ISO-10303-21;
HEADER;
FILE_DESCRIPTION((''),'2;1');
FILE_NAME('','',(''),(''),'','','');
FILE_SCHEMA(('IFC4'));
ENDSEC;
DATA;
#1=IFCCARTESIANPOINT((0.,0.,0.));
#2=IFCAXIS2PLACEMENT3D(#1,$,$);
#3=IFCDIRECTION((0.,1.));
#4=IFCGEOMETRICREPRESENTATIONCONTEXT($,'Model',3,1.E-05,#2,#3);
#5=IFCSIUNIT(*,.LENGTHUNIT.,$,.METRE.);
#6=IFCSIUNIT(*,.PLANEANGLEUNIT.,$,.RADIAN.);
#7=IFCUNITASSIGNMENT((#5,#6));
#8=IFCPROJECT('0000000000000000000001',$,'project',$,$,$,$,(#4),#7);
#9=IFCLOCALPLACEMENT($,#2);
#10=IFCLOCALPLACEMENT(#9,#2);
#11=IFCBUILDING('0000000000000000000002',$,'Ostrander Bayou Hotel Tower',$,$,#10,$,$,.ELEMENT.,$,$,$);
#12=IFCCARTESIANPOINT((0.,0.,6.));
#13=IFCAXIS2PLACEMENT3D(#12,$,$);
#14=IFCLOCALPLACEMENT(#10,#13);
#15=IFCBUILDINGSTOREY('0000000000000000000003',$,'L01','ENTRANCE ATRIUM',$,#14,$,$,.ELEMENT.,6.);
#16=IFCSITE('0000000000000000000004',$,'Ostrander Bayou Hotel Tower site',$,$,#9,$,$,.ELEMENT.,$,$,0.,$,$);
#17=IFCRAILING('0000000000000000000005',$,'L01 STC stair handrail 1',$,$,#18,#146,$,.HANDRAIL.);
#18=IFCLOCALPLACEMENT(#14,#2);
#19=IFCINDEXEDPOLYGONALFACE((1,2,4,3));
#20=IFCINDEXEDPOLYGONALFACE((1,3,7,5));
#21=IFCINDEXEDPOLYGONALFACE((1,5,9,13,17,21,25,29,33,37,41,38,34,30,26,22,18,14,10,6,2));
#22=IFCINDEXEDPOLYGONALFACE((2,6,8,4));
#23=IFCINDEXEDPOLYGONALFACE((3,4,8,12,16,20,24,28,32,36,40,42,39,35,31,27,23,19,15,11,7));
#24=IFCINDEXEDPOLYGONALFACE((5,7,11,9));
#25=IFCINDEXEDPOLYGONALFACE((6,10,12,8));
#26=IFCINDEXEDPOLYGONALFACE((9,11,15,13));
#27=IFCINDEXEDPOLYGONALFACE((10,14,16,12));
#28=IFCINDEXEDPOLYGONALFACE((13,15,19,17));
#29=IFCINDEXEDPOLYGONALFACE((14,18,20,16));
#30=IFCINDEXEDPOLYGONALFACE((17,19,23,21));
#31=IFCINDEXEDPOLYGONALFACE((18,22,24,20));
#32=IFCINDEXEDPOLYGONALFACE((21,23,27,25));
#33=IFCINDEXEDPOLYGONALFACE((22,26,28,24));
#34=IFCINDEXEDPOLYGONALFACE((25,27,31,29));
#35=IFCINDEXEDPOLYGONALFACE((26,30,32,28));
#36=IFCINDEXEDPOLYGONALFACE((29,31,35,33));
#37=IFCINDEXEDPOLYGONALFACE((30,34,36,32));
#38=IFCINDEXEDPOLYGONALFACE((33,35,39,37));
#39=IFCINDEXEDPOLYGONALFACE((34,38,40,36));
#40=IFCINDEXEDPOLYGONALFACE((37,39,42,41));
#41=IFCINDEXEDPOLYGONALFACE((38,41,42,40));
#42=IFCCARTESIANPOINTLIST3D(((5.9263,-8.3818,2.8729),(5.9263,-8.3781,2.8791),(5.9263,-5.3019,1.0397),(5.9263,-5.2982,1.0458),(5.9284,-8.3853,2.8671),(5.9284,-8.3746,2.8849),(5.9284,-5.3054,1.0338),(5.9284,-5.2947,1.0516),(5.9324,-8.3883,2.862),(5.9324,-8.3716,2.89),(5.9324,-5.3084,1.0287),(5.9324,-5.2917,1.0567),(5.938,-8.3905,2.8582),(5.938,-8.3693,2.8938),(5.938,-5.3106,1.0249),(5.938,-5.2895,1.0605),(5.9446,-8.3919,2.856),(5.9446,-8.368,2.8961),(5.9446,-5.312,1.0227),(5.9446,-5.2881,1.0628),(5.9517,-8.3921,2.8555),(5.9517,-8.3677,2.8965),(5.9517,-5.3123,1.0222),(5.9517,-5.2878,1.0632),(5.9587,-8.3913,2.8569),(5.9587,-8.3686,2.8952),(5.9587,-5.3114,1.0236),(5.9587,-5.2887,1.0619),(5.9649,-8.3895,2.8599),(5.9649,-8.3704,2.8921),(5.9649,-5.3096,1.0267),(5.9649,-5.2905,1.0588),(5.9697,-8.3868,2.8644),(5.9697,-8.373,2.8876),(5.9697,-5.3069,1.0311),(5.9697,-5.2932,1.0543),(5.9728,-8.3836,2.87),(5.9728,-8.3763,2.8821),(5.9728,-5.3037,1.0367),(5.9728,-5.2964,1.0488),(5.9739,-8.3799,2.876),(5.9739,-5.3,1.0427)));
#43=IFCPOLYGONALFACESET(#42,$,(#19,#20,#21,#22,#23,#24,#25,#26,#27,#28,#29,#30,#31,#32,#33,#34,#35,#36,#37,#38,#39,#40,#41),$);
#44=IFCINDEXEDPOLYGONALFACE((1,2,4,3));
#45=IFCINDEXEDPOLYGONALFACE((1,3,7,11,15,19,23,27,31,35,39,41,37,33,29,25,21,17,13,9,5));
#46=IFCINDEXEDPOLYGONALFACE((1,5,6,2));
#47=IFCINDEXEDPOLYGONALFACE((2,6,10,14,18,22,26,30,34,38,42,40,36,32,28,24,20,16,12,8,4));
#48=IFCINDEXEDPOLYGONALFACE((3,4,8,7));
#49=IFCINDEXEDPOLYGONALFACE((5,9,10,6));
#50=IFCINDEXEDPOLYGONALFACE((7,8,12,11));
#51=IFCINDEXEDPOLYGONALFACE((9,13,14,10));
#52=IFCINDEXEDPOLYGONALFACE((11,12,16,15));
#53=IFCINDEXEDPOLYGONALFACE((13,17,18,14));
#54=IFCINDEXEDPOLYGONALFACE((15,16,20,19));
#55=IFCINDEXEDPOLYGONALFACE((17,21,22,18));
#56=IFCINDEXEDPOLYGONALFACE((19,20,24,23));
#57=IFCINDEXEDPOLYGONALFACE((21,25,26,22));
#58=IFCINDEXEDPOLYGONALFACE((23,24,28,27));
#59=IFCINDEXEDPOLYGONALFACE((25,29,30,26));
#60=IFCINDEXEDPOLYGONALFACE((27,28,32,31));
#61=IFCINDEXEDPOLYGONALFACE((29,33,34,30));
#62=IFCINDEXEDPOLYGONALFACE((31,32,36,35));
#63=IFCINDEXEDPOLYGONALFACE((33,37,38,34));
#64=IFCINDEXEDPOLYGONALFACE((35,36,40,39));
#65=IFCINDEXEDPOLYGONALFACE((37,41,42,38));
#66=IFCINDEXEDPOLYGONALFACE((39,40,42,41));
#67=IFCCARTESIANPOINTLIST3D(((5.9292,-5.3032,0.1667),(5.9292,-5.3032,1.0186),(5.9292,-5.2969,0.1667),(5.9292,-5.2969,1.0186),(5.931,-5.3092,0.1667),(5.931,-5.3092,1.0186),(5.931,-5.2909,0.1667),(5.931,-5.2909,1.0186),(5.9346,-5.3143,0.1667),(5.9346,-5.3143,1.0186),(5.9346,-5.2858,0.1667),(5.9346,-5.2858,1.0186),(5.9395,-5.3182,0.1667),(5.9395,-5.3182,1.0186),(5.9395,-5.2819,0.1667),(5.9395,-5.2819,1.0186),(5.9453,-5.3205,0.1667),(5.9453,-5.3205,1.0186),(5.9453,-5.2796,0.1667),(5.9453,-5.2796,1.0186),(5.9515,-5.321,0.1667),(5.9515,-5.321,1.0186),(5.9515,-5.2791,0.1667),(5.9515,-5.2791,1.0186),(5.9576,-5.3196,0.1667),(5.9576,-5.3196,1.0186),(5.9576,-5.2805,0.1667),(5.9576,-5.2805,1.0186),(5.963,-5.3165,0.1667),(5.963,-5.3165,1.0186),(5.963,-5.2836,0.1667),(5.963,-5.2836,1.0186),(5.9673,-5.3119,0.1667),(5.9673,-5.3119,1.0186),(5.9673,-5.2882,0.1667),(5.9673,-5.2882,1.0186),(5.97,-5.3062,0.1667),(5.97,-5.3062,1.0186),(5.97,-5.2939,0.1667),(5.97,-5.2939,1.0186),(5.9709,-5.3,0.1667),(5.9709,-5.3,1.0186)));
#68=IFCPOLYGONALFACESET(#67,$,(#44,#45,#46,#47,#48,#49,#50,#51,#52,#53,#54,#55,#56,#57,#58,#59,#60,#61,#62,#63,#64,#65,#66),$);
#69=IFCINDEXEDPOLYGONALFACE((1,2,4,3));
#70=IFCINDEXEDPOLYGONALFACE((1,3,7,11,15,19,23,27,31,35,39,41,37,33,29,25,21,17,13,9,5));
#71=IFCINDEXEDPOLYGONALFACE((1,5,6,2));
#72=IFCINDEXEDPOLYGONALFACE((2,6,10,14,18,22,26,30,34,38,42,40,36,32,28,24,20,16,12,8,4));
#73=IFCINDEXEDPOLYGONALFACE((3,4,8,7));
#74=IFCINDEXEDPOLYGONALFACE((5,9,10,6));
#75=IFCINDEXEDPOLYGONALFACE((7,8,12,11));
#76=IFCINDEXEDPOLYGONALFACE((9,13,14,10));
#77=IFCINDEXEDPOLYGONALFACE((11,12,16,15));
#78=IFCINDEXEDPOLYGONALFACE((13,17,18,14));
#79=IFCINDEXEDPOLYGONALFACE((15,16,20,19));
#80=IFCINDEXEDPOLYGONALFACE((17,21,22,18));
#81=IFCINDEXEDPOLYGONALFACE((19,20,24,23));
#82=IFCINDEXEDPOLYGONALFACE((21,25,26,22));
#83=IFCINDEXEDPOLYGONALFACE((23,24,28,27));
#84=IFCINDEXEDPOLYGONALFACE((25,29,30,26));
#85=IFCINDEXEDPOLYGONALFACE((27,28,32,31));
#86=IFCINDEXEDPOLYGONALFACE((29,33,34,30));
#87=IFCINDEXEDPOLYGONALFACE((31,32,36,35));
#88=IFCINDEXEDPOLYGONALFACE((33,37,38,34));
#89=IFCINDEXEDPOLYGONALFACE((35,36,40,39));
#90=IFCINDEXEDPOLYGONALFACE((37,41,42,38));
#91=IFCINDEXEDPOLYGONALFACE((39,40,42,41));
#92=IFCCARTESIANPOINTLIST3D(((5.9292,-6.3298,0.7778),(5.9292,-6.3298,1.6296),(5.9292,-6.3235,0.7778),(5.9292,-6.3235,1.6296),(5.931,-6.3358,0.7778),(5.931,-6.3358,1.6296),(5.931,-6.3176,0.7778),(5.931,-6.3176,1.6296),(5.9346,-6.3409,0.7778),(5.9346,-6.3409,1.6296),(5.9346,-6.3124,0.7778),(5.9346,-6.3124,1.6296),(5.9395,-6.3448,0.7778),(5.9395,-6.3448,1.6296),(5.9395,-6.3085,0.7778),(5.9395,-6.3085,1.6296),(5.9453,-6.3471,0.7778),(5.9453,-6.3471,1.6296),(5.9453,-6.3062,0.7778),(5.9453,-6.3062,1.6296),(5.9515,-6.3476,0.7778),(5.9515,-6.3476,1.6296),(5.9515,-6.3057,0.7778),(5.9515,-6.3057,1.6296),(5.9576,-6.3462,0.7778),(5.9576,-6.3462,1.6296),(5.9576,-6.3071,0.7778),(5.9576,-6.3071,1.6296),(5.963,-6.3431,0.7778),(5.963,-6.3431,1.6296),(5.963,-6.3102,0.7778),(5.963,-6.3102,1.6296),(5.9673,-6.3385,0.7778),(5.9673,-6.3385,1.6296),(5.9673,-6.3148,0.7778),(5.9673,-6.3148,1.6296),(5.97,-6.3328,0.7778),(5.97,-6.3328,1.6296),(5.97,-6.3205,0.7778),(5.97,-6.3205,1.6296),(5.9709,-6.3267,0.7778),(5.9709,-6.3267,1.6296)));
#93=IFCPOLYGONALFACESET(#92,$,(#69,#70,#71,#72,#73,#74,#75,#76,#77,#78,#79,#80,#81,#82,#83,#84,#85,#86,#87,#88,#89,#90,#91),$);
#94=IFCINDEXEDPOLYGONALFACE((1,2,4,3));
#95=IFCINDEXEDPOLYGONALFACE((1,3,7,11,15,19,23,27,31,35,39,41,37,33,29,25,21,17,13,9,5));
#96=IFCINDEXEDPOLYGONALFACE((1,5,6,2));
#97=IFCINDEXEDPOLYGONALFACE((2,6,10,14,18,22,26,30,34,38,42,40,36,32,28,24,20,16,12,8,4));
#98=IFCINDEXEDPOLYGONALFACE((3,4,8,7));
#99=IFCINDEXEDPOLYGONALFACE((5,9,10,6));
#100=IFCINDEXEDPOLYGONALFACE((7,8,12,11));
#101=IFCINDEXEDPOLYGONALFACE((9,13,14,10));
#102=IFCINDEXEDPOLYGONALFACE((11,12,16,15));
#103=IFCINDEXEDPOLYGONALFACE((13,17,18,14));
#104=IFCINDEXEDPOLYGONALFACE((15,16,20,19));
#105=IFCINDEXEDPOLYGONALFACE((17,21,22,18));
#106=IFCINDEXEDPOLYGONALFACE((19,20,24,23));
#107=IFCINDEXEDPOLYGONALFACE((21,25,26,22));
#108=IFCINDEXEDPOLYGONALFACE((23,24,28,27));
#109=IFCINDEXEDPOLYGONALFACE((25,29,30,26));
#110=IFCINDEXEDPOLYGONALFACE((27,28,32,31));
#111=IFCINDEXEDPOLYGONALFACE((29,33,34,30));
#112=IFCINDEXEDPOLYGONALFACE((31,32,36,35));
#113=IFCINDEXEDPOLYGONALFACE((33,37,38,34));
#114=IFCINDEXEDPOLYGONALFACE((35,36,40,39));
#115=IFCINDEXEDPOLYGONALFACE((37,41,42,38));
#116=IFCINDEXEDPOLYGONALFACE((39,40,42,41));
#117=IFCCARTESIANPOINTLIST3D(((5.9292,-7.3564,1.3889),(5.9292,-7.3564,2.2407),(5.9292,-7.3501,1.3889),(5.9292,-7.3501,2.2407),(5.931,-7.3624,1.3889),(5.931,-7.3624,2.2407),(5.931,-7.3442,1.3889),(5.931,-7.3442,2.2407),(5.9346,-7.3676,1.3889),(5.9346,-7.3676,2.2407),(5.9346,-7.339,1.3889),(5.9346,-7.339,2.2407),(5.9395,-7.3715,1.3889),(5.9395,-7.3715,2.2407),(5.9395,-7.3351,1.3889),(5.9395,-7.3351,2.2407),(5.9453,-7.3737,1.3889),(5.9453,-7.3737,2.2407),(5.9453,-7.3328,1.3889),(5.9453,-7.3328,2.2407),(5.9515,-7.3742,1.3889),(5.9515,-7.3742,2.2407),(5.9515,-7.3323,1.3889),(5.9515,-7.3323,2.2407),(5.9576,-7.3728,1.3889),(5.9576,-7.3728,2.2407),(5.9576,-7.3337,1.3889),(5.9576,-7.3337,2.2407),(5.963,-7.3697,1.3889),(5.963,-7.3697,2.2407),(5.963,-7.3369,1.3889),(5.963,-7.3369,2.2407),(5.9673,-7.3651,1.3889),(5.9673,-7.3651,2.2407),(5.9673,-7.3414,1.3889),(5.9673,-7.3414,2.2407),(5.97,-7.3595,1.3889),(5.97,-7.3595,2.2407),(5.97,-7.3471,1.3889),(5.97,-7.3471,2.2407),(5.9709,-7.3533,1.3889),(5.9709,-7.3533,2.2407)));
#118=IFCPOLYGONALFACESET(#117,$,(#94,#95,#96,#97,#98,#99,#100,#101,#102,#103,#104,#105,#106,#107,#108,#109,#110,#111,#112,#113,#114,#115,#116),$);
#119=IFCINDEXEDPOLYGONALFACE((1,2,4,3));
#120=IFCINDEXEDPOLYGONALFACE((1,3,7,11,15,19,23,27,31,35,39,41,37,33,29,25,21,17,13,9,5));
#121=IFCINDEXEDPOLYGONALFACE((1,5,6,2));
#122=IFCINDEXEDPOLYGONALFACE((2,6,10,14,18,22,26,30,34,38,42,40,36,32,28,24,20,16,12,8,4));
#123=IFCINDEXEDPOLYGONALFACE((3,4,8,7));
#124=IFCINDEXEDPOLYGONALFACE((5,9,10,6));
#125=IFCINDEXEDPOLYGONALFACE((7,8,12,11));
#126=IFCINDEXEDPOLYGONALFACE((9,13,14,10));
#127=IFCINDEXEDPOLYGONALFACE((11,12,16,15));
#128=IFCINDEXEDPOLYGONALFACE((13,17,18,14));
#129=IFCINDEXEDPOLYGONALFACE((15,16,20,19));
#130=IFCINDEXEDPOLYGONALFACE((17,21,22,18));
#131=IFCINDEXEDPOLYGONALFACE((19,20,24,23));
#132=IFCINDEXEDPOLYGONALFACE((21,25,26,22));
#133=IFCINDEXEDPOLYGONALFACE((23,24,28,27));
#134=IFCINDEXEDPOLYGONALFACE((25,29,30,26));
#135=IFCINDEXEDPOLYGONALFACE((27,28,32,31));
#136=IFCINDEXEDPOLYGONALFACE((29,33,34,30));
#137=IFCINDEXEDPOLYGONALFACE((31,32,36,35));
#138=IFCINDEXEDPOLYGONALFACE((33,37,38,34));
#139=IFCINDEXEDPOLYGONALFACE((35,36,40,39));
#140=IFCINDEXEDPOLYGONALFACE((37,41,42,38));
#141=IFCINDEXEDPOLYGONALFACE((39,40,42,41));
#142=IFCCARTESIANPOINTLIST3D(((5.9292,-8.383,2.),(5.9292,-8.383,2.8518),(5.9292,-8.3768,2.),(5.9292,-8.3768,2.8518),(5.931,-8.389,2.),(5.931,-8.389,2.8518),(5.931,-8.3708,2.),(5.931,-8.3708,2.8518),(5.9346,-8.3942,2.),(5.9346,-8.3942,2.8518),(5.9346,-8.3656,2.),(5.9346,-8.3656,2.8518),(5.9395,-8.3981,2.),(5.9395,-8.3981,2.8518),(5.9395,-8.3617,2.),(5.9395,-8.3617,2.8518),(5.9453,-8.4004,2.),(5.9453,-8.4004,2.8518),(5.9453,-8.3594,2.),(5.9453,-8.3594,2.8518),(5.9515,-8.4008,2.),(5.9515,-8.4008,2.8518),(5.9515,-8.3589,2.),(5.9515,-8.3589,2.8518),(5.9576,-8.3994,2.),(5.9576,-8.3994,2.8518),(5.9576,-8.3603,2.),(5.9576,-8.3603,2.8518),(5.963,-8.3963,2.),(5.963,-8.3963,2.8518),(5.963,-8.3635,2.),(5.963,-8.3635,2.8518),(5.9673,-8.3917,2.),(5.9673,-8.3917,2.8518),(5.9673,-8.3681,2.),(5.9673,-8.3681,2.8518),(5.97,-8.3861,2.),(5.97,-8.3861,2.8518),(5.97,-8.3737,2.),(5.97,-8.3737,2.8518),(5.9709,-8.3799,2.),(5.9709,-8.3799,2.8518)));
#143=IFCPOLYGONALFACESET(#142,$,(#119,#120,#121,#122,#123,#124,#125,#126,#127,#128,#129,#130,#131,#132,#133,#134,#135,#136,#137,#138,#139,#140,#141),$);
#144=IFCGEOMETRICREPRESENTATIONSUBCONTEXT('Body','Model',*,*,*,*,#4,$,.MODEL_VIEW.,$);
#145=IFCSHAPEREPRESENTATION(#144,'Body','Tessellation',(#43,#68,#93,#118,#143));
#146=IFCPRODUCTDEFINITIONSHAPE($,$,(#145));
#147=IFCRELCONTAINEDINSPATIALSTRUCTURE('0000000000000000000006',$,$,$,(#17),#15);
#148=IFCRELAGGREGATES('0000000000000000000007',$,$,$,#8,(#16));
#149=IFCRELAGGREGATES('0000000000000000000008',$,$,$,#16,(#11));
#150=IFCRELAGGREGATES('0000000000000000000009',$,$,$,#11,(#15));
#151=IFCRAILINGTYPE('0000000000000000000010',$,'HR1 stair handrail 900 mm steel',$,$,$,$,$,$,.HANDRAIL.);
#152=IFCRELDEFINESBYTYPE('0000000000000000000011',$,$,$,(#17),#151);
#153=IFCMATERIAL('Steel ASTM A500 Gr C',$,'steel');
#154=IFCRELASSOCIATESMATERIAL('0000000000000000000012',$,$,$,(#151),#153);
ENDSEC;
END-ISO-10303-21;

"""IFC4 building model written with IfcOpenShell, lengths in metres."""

from ifc_helpers import new_model, si_unit, direction, frame, origin, origin_2d, place, context, subcontext, project, spatial, circle, extrude, material, type_object, element, save


model = new_model("IFC4")

# Units and contexts
model_context = context("Model", 3, precision=1e-05, world=origin(), true_north=direction((0.0, 1.0)))
body_context = subcontext(model_context, "Body", "Model", "MODEL_VIEW")
ifc_project = project(units=[si_unit("LENGTHUNIT", "METRE"), si_unit("PLANEANGLEUNIT", "RADIAN")], contexts=[model_context])

# Site, building, storey
site_placement = place(None, origin())
site = spatial("IfcSite", under=ifc_project, at=site_placement, Name="Ostrander Bayou Hotel Tower site", CompositionType="ELEMENT", RefElevation=0.0)
building_placement = place(site_placement, origin())
building = spatial("IfcBuilding", under=site, at=building_placement, Name="Ostrander Bayou Hotel Tower", CompositionType="ELEMENT")
storey_placement = place(building_placement, frame((0.0, 0.0, 6.0)))
storey = spatial("IfcBuildingStorey", under=building, at=storey_placement, Name="L01", Description="ENTRANCE ATRIUM", CompositionType="ELEMENT", Elevation=6.0)

# Railing
ifc_material_1 = material(Name="Steel ASTM A500 Gr C", Category="steel")
railing_type_1 = type_object("IfcRailingType", Name="HR1 stair handrail 900 mm steel", PredefinedType="HANDRAIL", material=ifc_material_1)
railing_1_placement = place(storey_placement, frame((5.95, -5.3, 0.1667)))
element("IfcRailing", 1, at=railing_1_placement, inside=storey, type_object=railing_type_1, Name="L01 STC stair handrail 1", PredefinedType="HANDRAIL", context=body_context, shape_type="SweptSolid", body=[
    extrude(circle(Radius=0.0239, at=origin_2d()), frame((0.0, 0.0, 0.876), z_axis=(0.0, -0.859291, 0.511487), x_axis=(1.0, 0.0, 0.0)), (0.0, 0.0, 1.0), 3.5842),
    extrude(circle(Radius=0.021, at=origin_2d()), origin(), (0.0, 0.0, 1.0), 0.8518),
    extrude(circle(Radius=0.021, at=origin_2d()), frame((0.0, -1.0266, 0.6111)), (0.0, 0.0, 1.0), 0.8518),
    extrude(circle(Radius=0.021, at=origin_2d()), frame((0.0, -2.0532, 1.2222)), (0.0, 0.0, 1.0), 0.8518),
    extrude(circle(Radius=0.021, at=origin_2d()), frame((0.0, -3.0798, 1.8333)), (0.0, 0.0, 1.0), 0.8518),
])

save(model, "model.ifc")
